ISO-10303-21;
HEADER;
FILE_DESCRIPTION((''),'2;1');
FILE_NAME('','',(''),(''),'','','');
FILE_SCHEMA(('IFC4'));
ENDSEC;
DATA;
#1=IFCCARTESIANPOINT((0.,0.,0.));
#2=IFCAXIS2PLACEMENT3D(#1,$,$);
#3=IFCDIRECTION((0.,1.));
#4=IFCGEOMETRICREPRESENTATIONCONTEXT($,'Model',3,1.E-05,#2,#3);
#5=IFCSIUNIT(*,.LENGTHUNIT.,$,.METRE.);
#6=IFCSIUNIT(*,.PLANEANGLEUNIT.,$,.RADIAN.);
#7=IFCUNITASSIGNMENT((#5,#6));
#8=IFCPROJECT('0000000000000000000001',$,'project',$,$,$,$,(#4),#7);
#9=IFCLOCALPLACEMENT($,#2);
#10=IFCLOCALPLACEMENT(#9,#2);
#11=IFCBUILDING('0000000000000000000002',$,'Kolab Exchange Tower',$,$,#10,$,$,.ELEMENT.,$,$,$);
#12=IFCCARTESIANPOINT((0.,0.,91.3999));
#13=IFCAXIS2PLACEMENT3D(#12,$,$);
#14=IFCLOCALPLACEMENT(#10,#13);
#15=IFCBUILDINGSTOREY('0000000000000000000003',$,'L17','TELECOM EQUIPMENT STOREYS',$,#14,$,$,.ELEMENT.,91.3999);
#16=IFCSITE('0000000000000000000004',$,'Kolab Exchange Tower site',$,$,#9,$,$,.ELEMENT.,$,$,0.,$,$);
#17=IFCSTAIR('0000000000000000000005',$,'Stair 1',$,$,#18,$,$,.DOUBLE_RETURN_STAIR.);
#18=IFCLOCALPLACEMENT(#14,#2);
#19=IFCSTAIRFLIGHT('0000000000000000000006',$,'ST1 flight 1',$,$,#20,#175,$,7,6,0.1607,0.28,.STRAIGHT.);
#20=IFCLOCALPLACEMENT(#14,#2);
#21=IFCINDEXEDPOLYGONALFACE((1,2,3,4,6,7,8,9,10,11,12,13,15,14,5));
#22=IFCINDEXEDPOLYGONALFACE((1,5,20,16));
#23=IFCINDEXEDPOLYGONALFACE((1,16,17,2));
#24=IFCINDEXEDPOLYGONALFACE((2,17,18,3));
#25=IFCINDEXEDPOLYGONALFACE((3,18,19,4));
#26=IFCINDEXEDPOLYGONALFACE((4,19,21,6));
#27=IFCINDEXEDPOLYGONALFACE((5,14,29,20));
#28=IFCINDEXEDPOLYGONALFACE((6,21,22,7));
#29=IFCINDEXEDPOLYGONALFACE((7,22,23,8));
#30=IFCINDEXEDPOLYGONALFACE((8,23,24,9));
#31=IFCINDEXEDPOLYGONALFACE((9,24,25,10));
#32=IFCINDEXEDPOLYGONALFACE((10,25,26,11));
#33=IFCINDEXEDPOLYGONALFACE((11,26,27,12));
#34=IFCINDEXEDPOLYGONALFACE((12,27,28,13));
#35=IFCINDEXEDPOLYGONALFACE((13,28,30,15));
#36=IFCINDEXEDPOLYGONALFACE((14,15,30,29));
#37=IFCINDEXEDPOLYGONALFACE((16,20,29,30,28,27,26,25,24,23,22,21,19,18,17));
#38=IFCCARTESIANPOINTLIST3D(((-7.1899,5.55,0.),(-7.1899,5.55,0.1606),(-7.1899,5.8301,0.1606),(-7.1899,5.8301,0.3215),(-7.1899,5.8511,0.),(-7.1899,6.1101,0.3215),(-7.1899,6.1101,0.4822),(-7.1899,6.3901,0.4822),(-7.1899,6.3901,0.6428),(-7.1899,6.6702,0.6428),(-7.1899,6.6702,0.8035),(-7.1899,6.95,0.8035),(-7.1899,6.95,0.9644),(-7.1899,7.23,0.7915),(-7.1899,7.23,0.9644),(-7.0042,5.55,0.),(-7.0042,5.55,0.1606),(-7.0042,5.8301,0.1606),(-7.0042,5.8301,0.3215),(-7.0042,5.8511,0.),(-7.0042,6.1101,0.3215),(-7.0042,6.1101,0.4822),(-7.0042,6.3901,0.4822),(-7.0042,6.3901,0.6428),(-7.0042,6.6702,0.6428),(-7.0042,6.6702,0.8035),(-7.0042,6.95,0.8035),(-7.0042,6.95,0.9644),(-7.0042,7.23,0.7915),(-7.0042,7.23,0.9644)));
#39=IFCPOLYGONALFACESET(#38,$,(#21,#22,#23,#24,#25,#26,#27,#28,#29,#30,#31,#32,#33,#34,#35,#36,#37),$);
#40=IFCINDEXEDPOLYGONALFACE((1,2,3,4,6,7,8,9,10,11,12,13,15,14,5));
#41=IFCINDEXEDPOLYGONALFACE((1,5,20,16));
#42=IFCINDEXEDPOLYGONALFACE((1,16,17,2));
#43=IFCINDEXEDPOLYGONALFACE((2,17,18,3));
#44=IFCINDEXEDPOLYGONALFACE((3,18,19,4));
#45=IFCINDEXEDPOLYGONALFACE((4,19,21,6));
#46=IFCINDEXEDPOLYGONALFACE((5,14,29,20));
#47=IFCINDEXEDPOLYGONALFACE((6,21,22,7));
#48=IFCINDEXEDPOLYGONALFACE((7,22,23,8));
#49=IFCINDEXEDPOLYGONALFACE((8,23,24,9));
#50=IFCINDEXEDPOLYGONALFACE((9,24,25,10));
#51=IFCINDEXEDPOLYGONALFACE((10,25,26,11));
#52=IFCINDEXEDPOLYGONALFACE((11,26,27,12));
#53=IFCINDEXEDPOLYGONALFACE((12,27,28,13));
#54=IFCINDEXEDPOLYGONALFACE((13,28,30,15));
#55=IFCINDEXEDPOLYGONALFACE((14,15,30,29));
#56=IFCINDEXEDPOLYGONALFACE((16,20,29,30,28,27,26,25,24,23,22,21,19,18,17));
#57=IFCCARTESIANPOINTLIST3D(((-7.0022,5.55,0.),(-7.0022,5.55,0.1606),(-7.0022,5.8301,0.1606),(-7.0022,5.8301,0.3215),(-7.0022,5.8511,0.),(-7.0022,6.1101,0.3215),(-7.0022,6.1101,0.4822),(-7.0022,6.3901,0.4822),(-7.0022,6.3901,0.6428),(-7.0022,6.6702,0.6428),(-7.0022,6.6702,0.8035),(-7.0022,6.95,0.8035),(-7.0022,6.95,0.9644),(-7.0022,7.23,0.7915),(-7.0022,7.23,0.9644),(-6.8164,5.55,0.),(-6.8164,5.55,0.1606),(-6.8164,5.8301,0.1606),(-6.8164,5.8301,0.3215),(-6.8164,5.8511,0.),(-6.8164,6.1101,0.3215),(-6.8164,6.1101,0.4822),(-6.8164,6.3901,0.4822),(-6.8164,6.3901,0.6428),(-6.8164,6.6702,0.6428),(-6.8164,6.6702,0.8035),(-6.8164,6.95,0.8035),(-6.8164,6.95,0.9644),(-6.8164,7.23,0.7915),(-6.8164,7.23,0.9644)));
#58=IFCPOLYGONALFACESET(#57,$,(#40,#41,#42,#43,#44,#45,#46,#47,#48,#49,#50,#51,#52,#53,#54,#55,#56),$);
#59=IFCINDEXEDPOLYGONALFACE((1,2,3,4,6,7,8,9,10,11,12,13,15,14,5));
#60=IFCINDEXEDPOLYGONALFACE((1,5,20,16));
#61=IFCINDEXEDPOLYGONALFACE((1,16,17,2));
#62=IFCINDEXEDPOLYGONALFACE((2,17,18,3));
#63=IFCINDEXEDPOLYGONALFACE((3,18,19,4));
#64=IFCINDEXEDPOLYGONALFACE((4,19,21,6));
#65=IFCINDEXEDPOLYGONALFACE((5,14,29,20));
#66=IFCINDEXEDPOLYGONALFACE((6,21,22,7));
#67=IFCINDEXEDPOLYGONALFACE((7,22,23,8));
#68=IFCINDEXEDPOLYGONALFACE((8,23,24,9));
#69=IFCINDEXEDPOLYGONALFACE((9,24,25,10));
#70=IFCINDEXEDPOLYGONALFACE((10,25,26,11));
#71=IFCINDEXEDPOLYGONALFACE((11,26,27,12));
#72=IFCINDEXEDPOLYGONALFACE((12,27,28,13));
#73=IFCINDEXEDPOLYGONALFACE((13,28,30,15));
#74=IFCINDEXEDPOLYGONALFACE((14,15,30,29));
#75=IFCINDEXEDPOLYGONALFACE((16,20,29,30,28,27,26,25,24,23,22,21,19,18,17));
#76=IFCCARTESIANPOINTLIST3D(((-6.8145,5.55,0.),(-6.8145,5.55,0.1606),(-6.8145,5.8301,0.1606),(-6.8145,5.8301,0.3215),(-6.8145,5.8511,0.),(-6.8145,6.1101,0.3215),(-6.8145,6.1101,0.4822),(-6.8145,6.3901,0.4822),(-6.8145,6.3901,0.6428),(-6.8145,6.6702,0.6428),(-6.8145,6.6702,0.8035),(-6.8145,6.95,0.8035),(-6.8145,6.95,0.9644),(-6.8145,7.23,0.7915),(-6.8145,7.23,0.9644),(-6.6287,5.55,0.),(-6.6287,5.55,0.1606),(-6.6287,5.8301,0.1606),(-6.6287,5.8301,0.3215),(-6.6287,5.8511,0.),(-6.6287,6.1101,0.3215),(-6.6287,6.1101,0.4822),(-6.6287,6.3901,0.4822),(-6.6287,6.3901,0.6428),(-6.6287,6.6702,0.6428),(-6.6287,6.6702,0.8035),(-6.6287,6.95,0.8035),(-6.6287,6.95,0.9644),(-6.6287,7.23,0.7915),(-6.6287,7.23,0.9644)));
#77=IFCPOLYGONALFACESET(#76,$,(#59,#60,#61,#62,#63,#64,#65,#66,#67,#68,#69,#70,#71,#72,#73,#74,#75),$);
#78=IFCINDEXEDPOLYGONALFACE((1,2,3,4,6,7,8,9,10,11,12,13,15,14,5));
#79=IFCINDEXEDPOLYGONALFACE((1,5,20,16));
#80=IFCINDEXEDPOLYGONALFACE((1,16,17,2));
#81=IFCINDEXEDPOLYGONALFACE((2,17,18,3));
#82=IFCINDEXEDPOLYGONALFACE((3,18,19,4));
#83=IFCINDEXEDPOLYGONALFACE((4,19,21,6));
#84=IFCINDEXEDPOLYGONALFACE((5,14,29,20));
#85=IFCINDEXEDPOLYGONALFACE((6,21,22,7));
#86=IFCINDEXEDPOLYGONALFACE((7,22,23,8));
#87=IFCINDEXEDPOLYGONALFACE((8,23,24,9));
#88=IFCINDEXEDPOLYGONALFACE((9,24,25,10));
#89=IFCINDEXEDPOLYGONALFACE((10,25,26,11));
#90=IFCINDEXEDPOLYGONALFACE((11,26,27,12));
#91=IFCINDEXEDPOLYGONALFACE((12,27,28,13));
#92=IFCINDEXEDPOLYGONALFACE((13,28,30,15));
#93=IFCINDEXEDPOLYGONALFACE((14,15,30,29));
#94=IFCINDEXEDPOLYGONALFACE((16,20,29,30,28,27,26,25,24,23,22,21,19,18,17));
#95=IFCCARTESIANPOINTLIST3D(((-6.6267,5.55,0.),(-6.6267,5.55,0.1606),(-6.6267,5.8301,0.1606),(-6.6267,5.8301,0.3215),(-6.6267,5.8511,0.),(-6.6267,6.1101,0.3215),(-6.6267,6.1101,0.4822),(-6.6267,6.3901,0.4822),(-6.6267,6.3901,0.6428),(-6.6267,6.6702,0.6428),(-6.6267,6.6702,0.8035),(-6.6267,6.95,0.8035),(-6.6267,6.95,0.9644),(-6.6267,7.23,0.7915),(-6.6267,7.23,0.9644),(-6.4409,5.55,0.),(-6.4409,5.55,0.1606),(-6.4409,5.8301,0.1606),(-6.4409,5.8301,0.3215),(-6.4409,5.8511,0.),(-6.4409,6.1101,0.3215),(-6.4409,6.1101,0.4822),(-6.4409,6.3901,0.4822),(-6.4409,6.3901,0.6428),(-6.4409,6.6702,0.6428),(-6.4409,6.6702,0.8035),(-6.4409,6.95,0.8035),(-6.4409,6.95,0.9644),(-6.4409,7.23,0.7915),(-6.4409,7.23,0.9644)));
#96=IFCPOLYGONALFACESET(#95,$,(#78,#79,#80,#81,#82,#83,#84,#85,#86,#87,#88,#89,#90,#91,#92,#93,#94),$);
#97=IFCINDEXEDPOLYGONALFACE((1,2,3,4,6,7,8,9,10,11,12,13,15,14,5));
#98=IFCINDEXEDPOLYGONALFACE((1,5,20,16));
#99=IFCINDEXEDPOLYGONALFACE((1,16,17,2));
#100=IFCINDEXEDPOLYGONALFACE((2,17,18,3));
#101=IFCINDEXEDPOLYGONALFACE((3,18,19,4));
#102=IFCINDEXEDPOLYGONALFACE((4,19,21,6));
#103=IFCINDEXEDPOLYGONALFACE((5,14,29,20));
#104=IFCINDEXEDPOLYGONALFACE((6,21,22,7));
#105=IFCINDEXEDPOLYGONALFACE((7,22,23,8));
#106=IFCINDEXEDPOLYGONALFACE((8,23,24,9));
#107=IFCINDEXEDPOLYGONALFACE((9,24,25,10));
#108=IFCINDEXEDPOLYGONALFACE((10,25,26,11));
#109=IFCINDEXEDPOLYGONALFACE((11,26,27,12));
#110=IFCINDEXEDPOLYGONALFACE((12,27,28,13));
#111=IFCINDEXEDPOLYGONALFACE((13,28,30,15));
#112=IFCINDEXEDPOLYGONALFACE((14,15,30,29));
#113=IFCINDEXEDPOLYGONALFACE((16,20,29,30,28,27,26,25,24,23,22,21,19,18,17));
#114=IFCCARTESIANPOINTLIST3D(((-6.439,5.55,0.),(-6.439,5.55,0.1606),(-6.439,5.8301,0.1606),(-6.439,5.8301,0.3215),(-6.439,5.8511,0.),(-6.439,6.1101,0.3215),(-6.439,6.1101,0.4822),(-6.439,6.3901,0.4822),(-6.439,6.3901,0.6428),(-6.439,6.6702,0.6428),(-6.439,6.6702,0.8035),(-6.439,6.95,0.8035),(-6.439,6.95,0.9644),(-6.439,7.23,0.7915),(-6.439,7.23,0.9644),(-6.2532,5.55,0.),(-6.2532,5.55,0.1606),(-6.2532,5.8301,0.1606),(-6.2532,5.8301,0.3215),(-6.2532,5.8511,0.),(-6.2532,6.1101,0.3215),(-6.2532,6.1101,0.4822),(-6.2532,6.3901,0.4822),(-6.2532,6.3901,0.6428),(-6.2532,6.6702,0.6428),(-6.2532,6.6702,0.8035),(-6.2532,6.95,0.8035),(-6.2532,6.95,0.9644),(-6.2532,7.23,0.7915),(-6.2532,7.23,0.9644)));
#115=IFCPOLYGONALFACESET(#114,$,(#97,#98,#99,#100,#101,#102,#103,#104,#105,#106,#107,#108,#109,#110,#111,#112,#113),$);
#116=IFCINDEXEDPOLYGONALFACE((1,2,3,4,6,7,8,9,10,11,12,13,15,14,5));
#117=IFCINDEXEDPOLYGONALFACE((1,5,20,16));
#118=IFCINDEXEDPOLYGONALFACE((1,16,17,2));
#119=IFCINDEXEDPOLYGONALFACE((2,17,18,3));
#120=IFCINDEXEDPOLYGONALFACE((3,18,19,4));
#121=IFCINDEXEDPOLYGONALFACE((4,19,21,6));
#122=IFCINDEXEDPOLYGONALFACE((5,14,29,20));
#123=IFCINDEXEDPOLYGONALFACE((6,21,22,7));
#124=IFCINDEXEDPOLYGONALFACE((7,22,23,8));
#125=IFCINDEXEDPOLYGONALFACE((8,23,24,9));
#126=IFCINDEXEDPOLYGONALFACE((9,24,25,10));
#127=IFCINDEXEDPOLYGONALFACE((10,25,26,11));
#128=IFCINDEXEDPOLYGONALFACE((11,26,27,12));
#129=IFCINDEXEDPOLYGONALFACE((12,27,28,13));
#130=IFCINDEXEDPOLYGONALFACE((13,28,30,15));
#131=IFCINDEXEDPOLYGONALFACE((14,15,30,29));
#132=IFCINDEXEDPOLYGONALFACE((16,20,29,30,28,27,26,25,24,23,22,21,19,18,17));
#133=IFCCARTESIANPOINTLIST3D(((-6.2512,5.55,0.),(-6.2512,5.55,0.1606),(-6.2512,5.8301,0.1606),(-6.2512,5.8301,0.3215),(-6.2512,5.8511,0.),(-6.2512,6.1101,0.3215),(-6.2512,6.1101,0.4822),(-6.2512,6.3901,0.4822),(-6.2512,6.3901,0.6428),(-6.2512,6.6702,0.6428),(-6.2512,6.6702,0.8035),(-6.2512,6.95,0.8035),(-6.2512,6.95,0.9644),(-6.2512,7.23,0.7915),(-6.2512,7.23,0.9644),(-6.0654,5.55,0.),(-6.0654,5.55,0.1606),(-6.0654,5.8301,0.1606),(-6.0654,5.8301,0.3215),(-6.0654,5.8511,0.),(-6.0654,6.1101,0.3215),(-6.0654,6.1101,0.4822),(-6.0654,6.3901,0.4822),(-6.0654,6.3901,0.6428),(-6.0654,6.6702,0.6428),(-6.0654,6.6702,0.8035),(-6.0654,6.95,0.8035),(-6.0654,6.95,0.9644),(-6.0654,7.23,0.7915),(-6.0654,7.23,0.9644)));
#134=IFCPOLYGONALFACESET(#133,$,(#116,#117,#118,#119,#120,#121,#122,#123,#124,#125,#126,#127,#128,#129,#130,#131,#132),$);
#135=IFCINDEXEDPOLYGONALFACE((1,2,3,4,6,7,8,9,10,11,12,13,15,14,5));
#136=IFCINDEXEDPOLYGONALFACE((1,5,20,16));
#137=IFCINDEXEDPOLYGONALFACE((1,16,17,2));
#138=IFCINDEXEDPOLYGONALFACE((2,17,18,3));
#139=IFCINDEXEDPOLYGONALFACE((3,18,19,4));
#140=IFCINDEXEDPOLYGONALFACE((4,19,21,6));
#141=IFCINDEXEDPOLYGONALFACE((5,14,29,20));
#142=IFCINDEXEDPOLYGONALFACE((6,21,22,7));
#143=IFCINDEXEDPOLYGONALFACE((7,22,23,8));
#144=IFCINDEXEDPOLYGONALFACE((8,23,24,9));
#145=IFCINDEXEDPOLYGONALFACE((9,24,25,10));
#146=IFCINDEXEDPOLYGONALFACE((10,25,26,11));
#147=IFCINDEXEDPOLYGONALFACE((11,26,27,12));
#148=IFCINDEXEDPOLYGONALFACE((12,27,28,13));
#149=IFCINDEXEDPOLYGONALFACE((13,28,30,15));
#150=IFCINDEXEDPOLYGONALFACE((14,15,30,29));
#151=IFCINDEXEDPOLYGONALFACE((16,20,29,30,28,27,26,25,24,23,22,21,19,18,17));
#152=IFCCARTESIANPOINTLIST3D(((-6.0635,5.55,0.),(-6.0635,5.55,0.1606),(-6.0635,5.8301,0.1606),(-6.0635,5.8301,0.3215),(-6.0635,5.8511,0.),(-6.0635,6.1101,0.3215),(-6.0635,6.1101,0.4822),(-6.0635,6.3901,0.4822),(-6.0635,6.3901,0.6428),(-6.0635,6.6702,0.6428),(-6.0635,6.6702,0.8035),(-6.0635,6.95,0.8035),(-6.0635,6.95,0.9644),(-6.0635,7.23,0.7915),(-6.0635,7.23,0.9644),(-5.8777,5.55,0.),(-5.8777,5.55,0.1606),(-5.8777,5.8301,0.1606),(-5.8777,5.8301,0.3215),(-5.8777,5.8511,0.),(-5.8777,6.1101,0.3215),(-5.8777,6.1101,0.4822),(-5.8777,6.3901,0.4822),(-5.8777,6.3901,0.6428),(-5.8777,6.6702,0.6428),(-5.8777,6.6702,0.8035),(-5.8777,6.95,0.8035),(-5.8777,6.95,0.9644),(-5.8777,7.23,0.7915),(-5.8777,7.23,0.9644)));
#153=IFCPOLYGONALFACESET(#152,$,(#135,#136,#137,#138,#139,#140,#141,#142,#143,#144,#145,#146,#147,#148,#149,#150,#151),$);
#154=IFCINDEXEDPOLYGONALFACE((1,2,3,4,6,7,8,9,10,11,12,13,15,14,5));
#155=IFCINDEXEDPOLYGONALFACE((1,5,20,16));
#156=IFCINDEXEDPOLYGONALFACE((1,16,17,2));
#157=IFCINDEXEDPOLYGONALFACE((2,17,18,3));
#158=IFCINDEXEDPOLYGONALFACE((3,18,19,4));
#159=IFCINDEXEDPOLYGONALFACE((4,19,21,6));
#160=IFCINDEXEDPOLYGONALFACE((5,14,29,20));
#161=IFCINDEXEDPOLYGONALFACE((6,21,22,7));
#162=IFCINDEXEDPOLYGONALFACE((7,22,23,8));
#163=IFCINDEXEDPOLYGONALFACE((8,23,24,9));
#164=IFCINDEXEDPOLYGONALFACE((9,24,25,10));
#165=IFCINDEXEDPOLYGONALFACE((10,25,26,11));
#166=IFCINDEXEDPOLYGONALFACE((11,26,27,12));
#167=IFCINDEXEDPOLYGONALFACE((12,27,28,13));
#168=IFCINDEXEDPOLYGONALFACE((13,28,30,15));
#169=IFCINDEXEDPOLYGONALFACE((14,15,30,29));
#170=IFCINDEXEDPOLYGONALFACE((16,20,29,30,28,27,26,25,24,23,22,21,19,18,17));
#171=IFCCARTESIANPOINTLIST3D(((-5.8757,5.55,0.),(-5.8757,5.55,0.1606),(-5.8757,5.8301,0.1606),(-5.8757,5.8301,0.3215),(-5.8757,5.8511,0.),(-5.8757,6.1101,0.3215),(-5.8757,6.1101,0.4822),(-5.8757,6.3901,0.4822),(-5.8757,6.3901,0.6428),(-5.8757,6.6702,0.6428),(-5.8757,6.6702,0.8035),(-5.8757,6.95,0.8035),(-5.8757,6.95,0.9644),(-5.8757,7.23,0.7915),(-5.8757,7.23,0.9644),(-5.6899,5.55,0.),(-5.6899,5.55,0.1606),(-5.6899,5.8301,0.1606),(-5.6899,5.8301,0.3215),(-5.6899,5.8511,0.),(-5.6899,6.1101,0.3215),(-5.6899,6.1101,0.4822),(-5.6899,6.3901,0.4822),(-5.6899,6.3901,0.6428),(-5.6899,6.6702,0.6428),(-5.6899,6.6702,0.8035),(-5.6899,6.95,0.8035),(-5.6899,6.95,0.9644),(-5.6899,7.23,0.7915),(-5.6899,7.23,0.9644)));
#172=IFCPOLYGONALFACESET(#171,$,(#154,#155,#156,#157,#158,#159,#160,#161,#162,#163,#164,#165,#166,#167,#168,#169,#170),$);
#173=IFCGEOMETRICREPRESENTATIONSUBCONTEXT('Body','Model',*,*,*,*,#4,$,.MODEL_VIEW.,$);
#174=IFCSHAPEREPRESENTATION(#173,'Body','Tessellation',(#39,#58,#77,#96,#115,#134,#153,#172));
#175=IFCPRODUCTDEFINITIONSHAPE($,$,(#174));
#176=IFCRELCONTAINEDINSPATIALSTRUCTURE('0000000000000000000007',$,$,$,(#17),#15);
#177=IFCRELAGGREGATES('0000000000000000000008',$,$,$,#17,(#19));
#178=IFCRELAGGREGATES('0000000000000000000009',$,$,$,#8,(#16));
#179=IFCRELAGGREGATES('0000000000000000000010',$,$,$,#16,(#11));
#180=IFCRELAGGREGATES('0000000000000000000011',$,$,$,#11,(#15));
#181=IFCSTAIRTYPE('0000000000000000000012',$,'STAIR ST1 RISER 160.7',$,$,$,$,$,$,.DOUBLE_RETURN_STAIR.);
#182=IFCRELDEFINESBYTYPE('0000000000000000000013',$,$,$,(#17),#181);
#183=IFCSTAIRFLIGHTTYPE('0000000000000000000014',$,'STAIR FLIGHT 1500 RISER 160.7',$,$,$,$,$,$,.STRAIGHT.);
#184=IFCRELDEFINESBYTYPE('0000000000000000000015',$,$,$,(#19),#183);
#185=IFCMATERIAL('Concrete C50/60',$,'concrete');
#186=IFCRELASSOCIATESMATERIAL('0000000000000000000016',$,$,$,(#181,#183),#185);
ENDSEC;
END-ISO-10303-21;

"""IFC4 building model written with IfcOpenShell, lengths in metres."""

from ifc_helpers import new_model, si_unit, direction, frame, origin, place, context, subcontext, project, spatial, polyline, outline, extrude, material, type_object, element, aggregate, save


model = new_model("IFC4")

# Units and contexts
model_context = context("Model", 3, precision=1e-05, world=origin(), true_north=direction((0.0, 1.0)))
body_context = subcontext(model_context, "Body", "Model", "MODEL_VIEW")
ifc_project = project(units=[si_unit("LENGTHUNIT", "METRE"), si_unit("PLANEANGLEUNIT", "RADIAN")], contexts=[model_context])

# Site, building, storey
site_placement = place(None, origin())
site = spatial("IfcSite", under=ifc_project, at=site_placement, Name="Kolab Exchange Tower site", CompositionType="ELEMENT", RefElevation=0.0)
building_placement = place(site_placement, origin())
building = spatial("IfcBuilding", under=site, at=building_placement, Name="Kolab Exchange Tower", CompositionType="ELEMENT")
storey_placement = place(building_placement, frame((0.0, 0.0, 91.3999)))
storey = spatial("IfcBuildingStorey", under=building, at=storey_placement, Name="L17", Description="TELECOM EQUIPMENT STOREYS", CompositionType="ELEMENT", Elevation=91.3999)

# Shared definitions
ifc_material_1 = material(Name="Concrete C50/60", Category="concrete")

# Stair, stair flight
stair_type = type_object("IfcStairType", Name="STAIR ST1 RISER 160.7", PredefinedType="DOUBLE_RETURN_STAIR", material=ifc_material_1)
stair_placement = place(storey_placement, origin())
stair = element("IfcStair", 1, at=stair_placement, inside=storey, type_object=stair_type, Name="Stair 1", PredefinedType="DOUBLE_RETURN_STAIR")
stair_flight_type = type_object("IfcStairFlightType", Name="STAIR FLIGHT 1500 RISER 160.7", PredefinedType="STRAIGHT", material=ifc_material_1)
stair_flight_1_placement = place(storey_placement, frame((-6.4399, 5.55, 0.0), z_axis=(0.0, 0.0, 1.0), x_axis=(0.0, 1.0, 0.0)))
stair_flight_1 = element("IfcStairFlight", 2, at=stair_flight_1_placement, type_object=stair_flight_type, Name="ST1 flight 1", NumberOfRisers=7, NumberOfTreads=6, PredefinedType="STRAIGHT", RiserHeight=0.1607, TreadLength=0.28, context=body_context, shape_type="SweptSolid", body=[
    extrude(outline(polyline([(0.0, 0.0), (0.0, 0.1606), (0.28, 0.1606), (0.28, 0.3215), (0.5601, 0.3215), (0.5601, 0.4822), (0.8401, 0.4822), (0.8401, 0.6428), (1.1201, 0.6428), (1.1201, 0.8035), (1.3999, 0.8035), (1.3999, 0.9644), (1.6799, 0.9644), (1.6799, 1.125), (1.6799, 0.7915), (0.301, 0.0), (0.0, 0.0)])), frame((0.0, 0.75, 0.0), z_axis=(0.0, -1.0, 0.0), x_axis=(1.0, 0.0, 0.0)), (0.0, 0.0, 1.0), 0.1858),
    extrude(outline(polyline([(0.0, 0.0), (0.0, 0.1606), (0.28, 0.1606), (0.28, 0.3215), (0.5601, 0.3215), (0.5601, 0.4822), (0.8401, 0.4822), (0.8401, 0.6428), (1.1201, 0.6428), (1.1201, 0.8035), (1.3999, 0.8035), (1.3999, 0.9644), (1.6799, 0.9644), (1.6799, 1.125), (1.6799, 0.7915), (0.301, 0.0), (0.0, 0.0)])), frame((0.0, 0.5623, 0.0), z_axis=(0.0, -1.0, 0.0), x_axis=(1.0, 0.0, 0.0)), (0.0, 0.0, 1.0), 0.1858),
    extrude(outline(polyline([(0.0, 0.0), (0.0, 0.1606), (0.28, 0.1606), (0.28, 0.3215), (0.5601, 0.3215), (0.5601, 0.4822), (0.8401, 0.4822), (0.8401, 0.6428), (1.1201, 0.6428), (1.1201, 0.8035), (1.3999, 0.8035), (1.3999, 0.9644), (1.6799, 0.9644), (1.6799, 1.125), (1.6799, 0.7915), (0.301, 0.0), (0.0, 0.0)])), frame((0.0, 0.3745, 0.0), z_axis=(0.0, -1.0, 0.0), x_axis=(1.0, 0.0, 0.0)), (0.0, 0.0, 1.0), 0.1858),
    extrude(outline(polyline([(0.0, 0.0), (0.0, 0.1606), (0.28, 0.1606), (0.28, 0.3215), (0.5601, 0.3215), (0.5601, 0.4822), (0.8401, 0.4822), (0.8401, 0.6428), (1.1201, 0.6428), (1.1201, 0.8035), (1.3999, 0.8035), (1.3999, 0.9644), (1.6799, 0.9644), (1.6799, 1.125), (1.6799, 0.7915), (0.301, 0.0), (0.0, 0.0)])), frame((0.0, 0.1868, 0.0), z_axis=(0.0, -1.0, 0.0), x_axis=(1.0, 0.0, 0.0)), (0.0, 0.0, 1.0), 0.1858),
    extrude(outline(polyline([(0.0, 0.0), (0.0, 0.1606), (0.28, 0.1606), (0.28, 0.3215), (0.5601, 0.3215), (0.5601, 0.4822), (0.8401, 0.4822), (0.8401, 0.6428), (1.1201, 0.6428), (1.1201, 0.8035), (1.3999, 0.8035), (1.3999, 0.9644), (1.6799, 0.9644), (1.6799, 1.125), (1.6799, 0.7915), (0.301, 0.0), (0.0, 0.0)])), frame((0.0, -0.001, 0.0), z_axis=(0.0, -1.0, 0.0), x_axis=(1.0, 0.0, 0.0)), (0.0, 0.0, 1.0), 0.1858),
    extrude(outline(polyline([(0.0, 0.0), (0.0, 0.1606), (0.28, 0.1606), (0.28, 0.3215), (0.5601, 0.3215), (0.5601, 0.4822), (0.8401, 0.4822), (0.8401, 0.6428), (1.1201, 0.6428), (1.1201, 0.8035), (1.3999, 0.8035), (1.3999, 0.9644), (1.6799, 0.9644), (1.6799, 1.125), (1.6799, 0.7915), (0.301, 0.0), (0.0, 0.0)])), frame((0.0, -0.1887, 0.0), z_axis=(0.0, -1.0, 0.0), x_axis=(1.0, 0.0, 0.0)), (0.0, 0.0, 1.0), 0.1858),
    extrude(outline(polyline([(0.0, 0.0), (0.0, 0.1606), (0.28, 0.1606), (0.28, 0.3215), (0.5601, 0.3215), (0.5601, 0.4822), (0.8401, 0.4822), (0.8401, 0.6428), (1.1201, 0.6428), (1.1201, 0.8035), (1.3999, 0.8035), (1.3999, 0.9644), (1.6799, 0.9644), (1.6799, 1.125), (1.6799, 0.7915), (0.301, 0.0), (0.0, 0.0)])), frame((0.0, -0.3765, 0.0), z_axis=(0.0, -1.0, 0.0), x_axis=(1.0, 0.0, 0.0)), (0.0, 0.0, 1.0), 0.1858),
    extrude(outline(polyline([(0.0, 0.0), (0.0, 0.1606), (0.28, 0.1606), (0.28, 0.3215), (0.5601, 0.3215), (0.5601, 0.4822), (0.8401, 0.4822), (0.8401, 0.6428), (1.1201, 0.6428), (1.1201, 0.8035), (1.3999, 0.8035), (1.3999, 0.9644), (1.6799, 0.9644), (1.6799, 1.125), (1.6799, 0.7915), (0.301, 0.0), (0.0, 0.0)])), frame((0.0, -0.5642, 0.0), z_axis=(0.0, -1.0, 0.0), x_axis=(1.0, 0.0, 0.0)), (0.0, 0.0, 1.0), 0.1858),
])
aggregate(stair, [stair_flight_1])

save(model, "model.ifc")
